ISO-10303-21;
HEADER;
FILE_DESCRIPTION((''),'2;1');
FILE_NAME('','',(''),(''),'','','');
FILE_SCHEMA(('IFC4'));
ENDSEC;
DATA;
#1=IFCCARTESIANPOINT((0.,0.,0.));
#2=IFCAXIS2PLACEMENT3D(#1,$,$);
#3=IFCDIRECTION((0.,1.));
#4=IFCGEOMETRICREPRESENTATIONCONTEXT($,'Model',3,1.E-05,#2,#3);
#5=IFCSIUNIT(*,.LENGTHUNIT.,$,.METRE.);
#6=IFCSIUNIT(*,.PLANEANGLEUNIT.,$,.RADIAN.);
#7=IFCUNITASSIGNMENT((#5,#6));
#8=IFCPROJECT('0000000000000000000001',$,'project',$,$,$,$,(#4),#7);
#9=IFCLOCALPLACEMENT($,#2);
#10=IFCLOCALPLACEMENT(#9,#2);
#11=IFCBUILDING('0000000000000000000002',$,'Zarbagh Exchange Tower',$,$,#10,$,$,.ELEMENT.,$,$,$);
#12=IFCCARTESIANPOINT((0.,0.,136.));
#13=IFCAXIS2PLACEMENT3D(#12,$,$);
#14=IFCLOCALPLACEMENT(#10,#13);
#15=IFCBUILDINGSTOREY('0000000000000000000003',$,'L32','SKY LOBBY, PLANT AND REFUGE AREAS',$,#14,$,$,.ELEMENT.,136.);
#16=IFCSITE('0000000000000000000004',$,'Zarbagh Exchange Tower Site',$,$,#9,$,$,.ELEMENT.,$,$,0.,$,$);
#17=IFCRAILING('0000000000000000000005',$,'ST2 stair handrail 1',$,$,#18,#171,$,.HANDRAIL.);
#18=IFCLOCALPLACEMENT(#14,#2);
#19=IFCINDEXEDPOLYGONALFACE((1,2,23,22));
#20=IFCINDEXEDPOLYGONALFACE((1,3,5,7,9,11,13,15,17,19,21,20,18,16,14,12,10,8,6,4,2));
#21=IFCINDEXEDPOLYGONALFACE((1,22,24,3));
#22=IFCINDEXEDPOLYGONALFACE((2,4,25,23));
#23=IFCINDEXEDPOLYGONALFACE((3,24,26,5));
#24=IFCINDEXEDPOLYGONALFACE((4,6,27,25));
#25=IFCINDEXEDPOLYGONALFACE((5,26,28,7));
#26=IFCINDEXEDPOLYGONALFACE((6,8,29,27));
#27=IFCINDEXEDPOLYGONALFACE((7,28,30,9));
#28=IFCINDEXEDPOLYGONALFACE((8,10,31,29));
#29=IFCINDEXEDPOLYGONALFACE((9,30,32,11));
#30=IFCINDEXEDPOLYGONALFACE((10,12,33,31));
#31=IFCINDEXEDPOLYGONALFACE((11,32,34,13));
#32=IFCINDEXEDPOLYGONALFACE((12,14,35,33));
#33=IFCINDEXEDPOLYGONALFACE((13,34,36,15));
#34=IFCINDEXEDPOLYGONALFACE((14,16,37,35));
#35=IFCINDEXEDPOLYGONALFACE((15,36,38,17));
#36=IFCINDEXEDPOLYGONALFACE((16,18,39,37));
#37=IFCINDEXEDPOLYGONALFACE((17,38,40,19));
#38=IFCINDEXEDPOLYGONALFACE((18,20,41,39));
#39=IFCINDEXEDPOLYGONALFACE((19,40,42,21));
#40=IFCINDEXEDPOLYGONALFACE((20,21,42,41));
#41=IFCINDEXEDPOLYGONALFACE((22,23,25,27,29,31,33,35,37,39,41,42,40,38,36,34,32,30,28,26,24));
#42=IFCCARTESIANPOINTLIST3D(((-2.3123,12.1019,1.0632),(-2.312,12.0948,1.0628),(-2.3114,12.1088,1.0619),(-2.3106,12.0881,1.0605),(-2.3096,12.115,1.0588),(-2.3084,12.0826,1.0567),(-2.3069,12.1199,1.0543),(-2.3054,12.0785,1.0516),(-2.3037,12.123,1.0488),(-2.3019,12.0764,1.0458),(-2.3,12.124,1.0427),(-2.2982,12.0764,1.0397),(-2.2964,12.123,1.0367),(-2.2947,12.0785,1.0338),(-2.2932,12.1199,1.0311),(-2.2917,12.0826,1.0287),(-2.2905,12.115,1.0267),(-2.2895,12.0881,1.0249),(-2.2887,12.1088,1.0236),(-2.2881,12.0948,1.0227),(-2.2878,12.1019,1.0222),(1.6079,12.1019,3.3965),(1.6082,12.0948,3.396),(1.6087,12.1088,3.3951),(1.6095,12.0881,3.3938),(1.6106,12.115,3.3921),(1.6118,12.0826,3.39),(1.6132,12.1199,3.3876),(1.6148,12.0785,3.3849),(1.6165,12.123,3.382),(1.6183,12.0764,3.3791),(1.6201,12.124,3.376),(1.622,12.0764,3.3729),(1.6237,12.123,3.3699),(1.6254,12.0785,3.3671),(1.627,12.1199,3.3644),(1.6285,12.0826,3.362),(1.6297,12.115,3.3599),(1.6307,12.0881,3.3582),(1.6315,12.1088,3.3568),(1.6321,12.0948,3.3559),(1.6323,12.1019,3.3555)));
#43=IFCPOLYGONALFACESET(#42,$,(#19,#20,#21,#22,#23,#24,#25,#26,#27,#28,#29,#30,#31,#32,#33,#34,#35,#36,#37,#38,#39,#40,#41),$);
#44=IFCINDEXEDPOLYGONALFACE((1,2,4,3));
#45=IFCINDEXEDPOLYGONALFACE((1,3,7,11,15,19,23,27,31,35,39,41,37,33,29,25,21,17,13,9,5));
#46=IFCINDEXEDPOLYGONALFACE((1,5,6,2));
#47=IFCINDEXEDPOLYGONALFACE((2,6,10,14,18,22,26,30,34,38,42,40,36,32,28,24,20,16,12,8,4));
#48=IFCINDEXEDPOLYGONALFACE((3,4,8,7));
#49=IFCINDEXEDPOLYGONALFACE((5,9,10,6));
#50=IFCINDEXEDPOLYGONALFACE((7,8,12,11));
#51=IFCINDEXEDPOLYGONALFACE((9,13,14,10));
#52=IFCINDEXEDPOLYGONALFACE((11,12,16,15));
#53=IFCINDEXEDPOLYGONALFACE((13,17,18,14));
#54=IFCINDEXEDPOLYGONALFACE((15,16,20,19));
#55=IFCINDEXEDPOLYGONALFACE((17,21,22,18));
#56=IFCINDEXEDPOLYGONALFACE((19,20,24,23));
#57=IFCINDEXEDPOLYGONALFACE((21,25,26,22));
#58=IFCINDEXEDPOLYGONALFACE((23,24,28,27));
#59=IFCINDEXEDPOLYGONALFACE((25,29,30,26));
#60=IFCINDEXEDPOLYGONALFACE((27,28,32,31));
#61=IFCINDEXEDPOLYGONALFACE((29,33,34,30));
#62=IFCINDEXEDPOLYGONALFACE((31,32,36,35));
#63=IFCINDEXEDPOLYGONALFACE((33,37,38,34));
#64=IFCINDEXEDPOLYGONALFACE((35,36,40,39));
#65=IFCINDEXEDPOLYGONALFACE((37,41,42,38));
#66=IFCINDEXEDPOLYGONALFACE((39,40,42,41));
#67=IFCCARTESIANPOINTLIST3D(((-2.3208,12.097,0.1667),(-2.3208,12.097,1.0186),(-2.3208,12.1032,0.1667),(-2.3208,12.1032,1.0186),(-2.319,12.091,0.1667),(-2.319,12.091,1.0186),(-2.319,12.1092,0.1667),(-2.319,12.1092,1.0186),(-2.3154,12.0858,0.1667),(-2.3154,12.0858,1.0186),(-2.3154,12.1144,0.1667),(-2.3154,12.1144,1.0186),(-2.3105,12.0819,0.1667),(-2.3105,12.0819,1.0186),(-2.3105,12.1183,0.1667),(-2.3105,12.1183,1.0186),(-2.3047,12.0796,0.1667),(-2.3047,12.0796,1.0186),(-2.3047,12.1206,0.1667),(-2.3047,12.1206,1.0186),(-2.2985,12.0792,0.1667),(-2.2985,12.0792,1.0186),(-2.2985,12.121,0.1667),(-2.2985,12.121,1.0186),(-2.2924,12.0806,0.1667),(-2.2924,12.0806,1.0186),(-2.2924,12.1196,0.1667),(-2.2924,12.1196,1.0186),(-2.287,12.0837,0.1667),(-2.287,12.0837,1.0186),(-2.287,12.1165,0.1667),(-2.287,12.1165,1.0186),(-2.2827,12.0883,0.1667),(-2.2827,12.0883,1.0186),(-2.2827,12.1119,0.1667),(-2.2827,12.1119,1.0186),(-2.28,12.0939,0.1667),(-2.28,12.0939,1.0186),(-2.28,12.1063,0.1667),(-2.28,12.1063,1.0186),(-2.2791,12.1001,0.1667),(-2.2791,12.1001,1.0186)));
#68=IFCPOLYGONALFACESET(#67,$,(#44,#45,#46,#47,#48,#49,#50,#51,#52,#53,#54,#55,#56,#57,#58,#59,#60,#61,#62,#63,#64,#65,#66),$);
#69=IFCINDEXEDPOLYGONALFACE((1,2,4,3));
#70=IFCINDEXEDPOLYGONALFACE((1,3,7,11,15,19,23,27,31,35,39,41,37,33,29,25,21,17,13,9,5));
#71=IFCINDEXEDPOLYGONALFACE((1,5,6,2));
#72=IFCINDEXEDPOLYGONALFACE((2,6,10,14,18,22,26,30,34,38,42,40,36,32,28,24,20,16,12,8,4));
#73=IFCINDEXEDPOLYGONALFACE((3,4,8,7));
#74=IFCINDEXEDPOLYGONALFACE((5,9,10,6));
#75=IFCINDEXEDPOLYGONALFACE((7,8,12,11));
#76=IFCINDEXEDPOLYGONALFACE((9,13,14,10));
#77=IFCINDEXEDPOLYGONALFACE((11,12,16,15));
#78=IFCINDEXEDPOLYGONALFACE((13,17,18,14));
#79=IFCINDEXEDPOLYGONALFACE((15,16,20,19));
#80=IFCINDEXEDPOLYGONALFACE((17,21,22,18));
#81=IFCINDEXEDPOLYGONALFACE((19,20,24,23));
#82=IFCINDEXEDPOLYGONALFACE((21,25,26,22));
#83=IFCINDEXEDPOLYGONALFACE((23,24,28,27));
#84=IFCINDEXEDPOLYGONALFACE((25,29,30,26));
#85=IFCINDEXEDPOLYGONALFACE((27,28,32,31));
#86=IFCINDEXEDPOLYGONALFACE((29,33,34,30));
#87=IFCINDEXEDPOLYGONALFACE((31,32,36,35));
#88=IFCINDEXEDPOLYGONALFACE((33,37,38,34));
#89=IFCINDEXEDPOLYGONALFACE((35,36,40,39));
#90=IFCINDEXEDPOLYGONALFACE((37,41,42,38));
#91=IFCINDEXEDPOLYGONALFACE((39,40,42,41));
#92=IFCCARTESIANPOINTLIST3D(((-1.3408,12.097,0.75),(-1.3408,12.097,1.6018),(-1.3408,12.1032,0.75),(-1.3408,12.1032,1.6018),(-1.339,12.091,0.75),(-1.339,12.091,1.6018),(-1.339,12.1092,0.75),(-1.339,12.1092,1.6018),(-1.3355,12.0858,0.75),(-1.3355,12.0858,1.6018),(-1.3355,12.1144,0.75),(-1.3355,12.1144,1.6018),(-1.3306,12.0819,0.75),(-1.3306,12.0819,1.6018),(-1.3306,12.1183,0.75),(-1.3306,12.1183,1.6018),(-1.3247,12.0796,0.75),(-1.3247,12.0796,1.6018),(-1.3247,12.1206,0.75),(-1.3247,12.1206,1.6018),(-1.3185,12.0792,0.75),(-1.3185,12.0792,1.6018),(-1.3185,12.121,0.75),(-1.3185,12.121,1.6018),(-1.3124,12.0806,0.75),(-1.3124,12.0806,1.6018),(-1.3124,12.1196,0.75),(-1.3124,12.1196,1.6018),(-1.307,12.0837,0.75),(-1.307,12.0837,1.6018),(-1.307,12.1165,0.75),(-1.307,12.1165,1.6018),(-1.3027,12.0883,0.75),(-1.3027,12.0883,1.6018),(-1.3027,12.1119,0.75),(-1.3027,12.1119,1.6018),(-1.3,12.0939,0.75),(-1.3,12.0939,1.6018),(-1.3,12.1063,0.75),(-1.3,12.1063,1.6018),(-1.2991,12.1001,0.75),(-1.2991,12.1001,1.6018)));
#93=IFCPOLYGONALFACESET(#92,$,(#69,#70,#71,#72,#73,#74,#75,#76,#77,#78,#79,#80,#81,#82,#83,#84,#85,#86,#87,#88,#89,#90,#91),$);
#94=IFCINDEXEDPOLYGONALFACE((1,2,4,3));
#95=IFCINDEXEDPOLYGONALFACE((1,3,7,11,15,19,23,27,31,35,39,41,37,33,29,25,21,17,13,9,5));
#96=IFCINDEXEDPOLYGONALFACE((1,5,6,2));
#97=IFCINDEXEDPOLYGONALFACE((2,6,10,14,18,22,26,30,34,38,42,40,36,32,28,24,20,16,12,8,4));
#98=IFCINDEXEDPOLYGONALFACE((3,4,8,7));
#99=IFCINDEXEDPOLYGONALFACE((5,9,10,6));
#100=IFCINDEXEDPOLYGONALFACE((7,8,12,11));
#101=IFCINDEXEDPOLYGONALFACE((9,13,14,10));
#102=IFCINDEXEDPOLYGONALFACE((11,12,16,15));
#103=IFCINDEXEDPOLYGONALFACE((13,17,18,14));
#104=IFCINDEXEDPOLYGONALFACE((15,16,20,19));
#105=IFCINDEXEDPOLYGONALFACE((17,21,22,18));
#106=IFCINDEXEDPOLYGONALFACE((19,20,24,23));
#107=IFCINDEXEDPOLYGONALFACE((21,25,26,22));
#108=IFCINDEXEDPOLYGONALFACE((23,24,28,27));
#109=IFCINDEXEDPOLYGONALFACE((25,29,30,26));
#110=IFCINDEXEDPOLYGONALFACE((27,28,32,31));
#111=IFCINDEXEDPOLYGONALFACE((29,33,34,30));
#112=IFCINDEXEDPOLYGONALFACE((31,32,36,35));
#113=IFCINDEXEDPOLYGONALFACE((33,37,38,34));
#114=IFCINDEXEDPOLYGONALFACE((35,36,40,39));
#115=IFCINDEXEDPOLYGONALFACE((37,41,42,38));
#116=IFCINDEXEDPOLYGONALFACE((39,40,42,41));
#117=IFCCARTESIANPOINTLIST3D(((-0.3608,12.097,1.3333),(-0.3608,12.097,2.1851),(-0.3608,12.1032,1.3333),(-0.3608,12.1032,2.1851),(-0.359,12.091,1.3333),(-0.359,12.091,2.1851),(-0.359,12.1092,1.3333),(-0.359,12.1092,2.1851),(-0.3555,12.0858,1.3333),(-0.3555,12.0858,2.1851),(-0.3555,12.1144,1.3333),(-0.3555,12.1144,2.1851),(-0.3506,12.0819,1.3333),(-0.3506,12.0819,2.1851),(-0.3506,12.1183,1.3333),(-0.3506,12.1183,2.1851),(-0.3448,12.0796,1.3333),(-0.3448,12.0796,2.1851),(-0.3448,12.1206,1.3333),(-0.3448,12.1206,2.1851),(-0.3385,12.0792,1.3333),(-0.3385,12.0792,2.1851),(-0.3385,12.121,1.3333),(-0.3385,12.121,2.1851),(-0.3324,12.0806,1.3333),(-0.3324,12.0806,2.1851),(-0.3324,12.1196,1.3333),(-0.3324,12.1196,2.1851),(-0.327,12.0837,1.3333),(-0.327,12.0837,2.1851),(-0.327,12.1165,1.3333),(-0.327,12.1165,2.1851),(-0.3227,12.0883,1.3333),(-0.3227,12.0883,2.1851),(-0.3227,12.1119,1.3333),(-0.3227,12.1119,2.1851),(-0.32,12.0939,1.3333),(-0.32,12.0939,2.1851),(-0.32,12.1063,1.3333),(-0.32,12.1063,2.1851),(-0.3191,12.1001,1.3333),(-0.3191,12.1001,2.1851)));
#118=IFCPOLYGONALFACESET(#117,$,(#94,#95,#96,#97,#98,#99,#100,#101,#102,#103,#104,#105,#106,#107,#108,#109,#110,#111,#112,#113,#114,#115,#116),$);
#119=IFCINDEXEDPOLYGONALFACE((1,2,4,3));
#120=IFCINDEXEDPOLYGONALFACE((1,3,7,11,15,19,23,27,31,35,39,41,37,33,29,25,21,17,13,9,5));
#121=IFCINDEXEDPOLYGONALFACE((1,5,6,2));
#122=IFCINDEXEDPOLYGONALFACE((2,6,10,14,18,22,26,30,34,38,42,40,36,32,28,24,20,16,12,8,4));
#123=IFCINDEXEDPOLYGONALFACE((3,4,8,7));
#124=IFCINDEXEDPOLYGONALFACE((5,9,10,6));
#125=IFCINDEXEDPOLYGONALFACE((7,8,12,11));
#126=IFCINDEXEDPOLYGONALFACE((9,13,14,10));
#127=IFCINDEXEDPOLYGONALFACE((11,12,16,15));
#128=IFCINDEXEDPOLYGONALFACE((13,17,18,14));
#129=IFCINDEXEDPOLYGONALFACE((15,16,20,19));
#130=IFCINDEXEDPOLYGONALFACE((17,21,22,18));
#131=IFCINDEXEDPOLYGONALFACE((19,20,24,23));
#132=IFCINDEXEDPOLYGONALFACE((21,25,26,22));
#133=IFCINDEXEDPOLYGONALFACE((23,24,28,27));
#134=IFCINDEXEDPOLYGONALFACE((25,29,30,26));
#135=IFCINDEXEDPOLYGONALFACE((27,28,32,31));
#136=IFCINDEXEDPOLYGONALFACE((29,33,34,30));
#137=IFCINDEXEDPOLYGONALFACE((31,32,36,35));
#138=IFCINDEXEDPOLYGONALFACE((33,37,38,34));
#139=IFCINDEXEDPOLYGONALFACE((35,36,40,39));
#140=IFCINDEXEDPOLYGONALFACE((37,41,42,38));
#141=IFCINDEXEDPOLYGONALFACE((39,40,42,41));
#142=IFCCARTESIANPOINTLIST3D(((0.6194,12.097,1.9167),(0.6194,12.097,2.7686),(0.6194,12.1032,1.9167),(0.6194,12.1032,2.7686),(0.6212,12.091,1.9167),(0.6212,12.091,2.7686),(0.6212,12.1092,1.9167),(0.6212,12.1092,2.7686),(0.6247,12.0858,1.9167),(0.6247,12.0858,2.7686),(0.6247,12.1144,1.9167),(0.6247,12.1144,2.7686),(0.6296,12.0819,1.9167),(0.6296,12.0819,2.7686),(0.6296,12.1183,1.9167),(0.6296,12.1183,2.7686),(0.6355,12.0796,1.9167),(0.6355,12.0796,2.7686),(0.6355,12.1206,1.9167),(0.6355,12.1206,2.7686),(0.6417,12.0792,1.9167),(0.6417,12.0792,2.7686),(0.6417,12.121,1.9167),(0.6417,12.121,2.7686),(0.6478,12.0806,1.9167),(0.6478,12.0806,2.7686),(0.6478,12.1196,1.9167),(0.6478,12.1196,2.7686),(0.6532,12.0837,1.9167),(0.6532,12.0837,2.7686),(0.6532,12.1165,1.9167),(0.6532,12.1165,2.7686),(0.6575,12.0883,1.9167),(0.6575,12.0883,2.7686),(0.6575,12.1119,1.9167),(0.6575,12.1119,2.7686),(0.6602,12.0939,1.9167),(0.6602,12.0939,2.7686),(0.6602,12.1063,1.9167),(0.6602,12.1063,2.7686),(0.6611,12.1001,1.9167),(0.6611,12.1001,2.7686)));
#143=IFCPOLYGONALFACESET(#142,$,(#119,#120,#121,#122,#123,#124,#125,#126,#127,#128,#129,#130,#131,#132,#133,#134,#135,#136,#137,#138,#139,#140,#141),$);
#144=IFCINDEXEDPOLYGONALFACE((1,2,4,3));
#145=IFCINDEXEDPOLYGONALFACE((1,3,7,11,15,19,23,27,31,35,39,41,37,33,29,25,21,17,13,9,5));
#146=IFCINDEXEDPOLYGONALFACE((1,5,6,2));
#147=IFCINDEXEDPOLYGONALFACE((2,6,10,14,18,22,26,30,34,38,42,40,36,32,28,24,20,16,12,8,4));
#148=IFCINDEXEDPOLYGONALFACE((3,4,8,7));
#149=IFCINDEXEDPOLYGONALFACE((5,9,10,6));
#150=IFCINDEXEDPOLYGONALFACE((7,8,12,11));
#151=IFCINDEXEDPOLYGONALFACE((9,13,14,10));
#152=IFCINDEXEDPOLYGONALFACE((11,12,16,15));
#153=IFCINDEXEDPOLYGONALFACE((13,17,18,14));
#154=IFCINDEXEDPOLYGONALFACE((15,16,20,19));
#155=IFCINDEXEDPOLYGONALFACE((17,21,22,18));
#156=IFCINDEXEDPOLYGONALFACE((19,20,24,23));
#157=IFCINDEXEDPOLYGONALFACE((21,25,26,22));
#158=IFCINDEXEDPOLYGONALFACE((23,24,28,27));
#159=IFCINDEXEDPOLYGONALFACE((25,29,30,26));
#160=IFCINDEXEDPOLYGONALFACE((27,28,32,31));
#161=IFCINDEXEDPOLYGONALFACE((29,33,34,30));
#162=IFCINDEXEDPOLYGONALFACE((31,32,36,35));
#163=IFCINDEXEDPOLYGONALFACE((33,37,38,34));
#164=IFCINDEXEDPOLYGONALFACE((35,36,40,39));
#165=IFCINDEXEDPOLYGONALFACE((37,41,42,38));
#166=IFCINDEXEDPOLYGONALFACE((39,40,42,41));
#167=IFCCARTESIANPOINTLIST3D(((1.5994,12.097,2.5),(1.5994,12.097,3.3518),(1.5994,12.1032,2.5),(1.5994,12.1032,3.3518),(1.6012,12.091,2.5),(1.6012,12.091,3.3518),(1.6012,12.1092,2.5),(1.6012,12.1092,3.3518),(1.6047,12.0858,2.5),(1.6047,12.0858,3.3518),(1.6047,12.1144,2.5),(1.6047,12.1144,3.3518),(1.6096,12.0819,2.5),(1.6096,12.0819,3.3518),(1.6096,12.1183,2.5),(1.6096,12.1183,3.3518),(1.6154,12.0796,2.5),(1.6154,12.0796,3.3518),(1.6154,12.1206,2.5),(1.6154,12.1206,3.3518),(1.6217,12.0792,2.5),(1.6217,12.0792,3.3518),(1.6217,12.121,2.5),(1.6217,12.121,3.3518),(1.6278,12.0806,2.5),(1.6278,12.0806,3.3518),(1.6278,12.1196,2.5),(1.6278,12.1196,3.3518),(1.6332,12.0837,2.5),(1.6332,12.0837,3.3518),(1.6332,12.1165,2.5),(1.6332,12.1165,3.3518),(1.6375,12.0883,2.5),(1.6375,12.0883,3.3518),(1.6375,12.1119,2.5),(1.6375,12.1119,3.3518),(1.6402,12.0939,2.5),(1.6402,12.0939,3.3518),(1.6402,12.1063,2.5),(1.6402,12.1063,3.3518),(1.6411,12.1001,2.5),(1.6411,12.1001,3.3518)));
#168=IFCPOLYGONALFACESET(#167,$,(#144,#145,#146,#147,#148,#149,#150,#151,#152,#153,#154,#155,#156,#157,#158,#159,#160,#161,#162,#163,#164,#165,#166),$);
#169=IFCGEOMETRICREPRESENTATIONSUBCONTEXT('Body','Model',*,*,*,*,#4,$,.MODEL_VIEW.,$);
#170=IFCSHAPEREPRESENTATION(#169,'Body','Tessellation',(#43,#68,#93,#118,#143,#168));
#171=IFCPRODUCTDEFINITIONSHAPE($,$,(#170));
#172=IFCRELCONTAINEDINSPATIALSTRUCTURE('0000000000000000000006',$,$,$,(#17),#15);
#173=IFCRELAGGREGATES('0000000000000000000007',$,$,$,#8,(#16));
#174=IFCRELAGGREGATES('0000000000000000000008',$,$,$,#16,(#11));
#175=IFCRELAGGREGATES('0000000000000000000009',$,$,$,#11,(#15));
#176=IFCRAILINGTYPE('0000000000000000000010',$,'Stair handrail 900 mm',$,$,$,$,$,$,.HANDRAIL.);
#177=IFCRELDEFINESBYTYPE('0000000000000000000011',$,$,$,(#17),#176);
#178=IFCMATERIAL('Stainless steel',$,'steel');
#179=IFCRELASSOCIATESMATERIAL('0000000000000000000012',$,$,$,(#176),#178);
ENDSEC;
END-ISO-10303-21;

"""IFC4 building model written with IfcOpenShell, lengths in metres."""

from ifc_helpers import new_model, si_unit, direction, frame, origin, origin_2d, place, context, subcontext, project, spatial, circle, extrude, material, type_object, element, save


model = new_model("IFC4")

# Units and contexts
model_context = context("Model", 3, precision=1e-05, world=origin(), true_north=direction((0.0, 1.0)))
body_context = subcontext(model_context, "Body", "Model", "MODEL_VIEW")
ifc_project = project(units=[si_unit("LENGTHUNIT", "METRE"), si_unit("PLANEANGLEUNIT", "RADIAN")], contexts=[model_context])

# Site, building, storey
site_placement = place(None, origin())
site = spatial("IfcSite", under=ifc_project, at=site_placement, Name="Zarbagh Exchange Tower Site", CompositionType="ELEMENT", RefElevation=0.0)
building_placement = place(site_placement, origin())
building = spatial("IfcBuilding", under=site, at=building_placement, Name="Zarbagh Exchange Tower", CompositionType="ELEMENT")
storey_placement = place(building_placement, frame((0.0, 0.0, 136.0)))
storey = spatial("IfcBuildingStorey", under=building, at=storey_placement, Name="L32", Description="SKY LOBBY, PLANT AND REFUGE AREAS", CompositionType="ELEMENT", Elevation=136.0)

# Shared definitions
ifc_material_1 = material(Name="Stainless steel", Category="steel")

# Railing
railing_type_1 = type_object("IfcRailingType", Name="Stair handrail 900 mm", PredefinedType="HANDRAIL", material=ifc_material_1)
for number, where, name in (
    (1, (-2.3, 12.1001, 0.1667), "ST2 stair handrail 1"),
):
    element("IfcRailing", number, at=place(storey_placement, frame(where)), inside=storey, type_object=railing_type_1, Name=name, PredefinedType="HANDRAIL", context=body_context, shape_type="SweptSolid", body=[
        extrude(circle(Radius=0.0239, at=origin_2d()), frame((0.0, 0.0, 0.876), z_axis=(0.85931, 0.0, 0.511455), x_axis=(0.0, 1.0, 0.0)), (0.0, 0.0, 1.0), 4.562),
        extrude(circle(Radius=0.021, at=origin_2d()), origin(), (0.0, 0.0, 1.0), 0.8518),
        extrude(circle(Radius=0.021, at=origin_2d()), frame((0.98, 0.0, 0.5833)), (0.0, 0.0, 1.0), 0.8518),
        extrude(circle(Radius=0.021, at=origin_2d()), frame((1.96, 0.0, 1.1665)), (0.0, 0.0, 1.0), 0.8518),
        extrude(circle(Radius=0.021, at=origin_2d()), frame((2.9402, 0.0, 1.75)), (0.0, 0.0, 1.0), 0.8518),
        extrude(circle(Radius=0.021, at=origin_2d()), frame((3.9202, 0.0, 2.3333)), (0.0, 0.0, 1.0), 0.8518),
    ])

save(model, "model.ifc")
